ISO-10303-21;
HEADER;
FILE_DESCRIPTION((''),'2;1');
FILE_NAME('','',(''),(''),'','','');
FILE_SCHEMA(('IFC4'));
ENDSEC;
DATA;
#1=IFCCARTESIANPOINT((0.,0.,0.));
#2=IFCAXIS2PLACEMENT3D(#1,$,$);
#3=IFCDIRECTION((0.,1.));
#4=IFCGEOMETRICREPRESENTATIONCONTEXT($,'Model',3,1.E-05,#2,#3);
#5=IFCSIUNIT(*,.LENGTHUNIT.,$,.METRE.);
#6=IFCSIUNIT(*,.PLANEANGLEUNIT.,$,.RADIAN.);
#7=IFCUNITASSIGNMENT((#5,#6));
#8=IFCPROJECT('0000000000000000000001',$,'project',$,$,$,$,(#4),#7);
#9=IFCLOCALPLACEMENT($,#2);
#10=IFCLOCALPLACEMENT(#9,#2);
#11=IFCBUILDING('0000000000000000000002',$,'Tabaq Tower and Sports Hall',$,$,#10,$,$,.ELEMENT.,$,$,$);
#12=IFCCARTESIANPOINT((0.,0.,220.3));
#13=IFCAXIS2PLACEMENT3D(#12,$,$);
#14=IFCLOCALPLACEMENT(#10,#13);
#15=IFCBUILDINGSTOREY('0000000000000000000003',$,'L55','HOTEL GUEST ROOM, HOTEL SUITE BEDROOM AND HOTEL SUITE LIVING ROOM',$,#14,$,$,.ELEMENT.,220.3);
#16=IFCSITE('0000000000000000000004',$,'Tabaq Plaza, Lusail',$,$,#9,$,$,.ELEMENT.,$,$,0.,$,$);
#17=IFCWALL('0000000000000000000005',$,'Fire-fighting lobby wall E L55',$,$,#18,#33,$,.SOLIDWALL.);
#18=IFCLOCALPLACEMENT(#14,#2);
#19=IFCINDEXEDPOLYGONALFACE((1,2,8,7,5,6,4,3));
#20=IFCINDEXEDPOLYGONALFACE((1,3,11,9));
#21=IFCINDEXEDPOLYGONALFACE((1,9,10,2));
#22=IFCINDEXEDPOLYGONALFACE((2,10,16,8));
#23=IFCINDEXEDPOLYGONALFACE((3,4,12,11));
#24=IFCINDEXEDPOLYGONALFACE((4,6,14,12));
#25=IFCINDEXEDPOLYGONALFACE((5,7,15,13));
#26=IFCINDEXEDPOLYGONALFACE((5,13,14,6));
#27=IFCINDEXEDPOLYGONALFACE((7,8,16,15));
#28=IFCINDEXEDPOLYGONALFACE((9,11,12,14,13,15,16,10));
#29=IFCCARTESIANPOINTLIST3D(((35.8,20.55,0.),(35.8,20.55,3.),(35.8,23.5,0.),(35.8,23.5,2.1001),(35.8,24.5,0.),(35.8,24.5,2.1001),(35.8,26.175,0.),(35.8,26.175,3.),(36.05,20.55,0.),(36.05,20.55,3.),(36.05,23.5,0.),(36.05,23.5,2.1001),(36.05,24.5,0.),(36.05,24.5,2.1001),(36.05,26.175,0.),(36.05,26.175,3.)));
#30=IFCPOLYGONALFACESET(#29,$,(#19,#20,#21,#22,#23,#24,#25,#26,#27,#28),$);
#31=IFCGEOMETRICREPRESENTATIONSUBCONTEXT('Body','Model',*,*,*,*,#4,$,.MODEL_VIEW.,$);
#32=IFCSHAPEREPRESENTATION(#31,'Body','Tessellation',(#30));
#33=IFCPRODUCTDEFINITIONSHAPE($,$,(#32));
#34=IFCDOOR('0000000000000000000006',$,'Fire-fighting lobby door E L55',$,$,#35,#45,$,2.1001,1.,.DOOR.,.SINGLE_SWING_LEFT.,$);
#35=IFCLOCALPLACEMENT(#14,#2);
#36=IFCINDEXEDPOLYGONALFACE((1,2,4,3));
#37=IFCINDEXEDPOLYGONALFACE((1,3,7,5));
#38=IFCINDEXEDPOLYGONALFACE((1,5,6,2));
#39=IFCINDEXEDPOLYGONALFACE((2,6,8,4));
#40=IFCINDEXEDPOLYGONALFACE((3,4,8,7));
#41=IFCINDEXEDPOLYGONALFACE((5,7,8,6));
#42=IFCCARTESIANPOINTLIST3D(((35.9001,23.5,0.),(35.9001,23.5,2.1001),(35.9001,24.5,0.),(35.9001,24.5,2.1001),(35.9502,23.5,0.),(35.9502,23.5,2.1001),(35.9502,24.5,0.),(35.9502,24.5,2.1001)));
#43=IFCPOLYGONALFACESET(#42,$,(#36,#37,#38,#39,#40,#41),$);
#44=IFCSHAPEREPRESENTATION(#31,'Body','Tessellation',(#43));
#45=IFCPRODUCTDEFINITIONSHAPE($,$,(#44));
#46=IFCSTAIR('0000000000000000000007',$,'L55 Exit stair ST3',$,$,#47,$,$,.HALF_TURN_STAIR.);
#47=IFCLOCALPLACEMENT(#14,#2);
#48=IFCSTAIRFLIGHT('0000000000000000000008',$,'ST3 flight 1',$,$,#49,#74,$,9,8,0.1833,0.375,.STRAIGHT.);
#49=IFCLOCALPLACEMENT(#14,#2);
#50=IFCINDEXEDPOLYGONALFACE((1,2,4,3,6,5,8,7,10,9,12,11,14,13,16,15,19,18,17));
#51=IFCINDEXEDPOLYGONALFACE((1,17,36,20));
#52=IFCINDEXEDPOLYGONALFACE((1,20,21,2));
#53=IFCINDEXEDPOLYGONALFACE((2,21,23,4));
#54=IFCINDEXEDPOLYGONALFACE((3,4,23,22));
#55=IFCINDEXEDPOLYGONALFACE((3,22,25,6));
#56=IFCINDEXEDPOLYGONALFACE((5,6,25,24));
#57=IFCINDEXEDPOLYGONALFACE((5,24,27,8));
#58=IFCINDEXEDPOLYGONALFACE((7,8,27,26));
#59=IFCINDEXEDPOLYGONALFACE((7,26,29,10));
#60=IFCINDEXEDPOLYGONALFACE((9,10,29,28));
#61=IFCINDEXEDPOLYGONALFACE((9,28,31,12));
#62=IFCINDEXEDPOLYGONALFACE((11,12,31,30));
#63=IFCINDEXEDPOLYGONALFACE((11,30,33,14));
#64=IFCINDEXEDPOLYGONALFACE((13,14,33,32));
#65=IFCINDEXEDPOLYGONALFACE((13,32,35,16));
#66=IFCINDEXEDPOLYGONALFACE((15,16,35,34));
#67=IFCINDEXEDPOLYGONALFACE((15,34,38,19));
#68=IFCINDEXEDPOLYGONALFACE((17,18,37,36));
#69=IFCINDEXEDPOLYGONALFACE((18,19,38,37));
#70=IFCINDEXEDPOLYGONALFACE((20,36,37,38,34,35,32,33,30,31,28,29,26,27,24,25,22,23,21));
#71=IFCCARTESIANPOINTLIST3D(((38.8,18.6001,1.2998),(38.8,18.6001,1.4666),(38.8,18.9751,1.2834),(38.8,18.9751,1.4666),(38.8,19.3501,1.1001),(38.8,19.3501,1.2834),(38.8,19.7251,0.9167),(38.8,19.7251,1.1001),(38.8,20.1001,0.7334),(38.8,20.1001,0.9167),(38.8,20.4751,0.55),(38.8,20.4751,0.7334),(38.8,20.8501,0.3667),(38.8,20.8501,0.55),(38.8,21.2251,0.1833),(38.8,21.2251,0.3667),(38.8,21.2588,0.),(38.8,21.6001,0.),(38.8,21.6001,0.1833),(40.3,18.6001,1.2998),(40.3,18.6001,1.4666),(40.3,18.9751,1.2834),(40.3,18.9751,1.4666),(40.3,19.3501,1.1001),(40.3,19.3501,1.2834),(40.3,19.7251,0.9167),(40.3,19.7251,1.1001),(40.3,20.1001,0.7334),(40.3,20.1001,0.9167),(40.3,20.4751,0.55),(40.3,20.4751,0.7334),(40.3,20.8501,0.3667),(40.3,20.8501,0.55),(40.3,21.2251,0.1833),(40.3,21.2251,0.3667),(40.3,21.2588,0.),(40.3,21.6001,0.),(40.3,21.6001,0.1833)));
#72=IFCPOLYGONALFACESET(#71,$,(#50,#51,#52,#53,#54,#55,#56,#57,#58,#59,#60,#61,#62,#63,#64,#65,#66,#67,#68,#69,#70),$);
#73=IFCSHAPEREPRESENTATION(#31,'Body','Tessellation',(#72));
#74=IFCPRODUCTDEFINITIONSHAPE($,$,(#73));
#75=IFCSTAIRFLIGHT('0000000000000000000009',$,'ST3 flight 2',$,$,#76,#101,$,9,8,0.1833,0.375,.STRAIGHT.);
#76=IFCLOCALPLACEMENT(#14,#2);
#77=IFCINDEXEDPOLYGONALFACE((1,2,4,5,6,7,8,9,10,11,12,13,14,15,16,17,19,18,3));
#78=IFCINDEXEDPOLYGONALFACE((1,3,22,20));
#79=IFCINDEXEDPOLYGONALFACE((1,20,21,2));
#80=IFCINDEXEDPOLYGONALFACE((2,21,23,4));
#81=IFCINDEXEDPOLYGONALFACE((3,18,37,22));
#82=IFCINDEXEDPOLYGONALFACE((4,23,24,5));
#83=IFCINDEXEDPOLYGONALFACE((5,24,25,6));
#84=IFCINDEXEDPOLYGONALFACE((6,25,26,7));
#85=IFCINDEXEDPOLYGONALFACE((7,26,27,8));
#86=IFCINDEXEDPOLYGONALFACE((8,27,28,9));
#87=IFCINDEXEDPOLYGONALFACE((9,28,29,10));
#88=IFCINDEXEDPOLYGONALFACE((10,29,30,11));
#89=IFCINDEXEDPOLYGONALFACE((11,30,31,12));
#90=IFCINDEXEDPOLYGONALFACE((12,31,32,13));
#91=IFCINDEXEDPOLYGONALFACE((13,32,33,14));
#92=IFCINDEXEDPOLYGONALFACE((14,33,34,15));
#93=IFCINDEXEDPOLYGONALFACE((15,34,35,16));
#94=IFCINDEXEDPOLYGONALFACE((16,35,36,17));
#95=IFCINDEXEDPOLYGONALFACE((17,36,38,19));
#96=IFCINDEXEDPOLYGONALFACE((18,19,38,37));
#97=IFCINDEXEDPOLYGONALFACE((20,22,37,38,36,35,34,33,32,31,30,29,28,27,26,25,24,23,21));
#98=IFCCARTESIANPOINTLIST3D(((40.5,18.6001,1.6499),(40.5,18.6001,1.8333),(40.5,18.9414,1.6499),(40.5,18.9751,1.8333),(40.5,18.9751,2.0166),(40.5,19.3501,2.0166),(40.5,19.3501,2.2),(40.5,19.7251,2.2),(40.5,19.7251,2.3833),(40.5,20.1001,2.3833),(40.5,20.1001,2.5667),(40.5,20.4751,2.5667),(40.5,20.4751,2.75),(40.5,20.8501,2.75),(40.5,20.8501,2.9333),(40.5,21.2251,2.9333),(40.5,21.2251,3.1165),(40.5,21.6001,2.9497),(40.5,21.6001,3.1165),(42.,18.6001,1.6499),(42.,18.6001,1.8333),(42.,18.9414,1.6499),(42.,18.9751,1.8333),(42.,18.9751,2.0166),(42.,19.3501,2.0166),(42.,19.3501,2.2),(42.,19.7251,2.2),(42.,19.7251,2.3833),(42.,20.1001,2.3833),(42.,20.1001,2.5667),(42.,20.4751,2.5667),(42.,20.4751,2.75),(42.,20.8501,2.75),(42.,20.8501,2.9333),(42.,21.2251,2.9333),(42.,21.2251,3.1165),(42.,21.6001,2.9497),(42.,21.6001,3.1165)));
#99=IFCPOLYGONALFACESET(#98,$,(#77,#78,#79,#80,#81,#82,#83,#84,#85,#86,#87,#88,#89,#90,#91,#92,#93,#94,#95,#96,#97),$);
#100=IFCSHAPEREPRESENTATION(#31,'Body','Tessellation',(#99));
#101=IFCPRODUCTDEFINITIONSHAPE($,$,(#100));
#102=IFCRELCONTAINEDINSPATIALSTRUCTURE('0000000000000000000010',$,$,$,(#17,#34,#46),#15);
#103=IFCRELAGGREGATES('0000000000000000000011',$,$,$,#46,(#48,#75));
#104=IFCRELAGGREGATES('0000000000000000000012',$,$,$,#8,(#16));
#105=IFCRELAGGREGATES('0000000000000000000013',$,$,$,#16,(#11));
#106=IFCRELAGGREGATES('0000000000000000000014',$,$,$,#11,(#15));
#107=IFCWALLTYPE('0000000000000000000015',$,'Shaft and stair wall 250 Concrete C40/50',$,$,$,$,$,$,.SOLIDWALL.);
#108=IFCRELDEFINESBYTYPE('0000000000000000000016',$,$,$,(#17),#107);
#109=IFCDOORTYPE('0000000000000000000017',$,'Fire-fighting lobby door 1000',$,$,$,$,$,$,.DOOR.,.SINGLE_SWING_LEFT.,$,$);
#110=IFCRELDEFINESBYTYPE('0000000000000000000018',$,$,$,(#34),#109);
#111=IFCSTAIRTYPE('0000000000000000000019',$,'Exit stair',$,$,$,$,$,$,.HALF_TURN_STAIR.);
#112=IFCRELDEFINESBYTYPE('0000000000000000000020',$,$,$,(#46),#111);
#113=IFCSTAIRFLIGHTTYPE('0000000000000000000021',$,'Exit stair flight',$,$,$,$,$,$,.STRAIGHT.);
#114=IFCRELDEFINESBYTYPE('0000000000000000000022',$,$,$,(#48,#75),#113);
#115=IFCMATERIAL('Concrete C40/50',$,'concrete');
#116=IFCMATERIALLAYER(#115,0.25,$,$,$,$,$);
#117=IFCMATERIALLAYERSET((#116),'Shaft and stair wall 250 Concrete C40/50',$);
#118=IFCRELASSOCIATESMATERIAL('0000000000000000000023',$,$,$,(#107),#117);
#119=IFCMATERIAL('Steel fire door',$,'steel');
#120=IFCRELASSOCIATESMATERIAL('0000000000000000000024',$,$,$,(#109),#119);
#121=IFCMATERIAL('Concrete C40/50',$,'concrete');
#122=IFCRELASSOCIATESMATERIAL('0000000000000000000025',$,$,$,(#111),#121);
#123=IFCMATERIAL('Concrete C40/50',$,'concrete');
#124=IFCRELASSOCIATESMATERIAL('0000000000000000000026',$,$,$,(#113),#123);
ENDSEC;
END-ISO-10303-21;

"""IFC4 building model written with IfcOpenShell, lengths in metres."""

from ifc_helpers import new_model, si_unit, direction, frame, frame_2d, origin, place, context, subcontext, project, spatial, polyline, rectangle, outline, extrude, material, layer, layer_set, type_object, element, fill, aggregate, save


model = new_model("IFC4")

# Units and contexts
model_context = context("Model", 3, precision=1e-05, world=origin(), true_north=direction((0.0, 1.0)))
body_context = subcontext(model_context, "Body", "Model", "MODEL_VIEW")
ifc_project = project(units=[si_unit("LENGTHUNIT", "METRE"), si_unit("PLANEANGLEUNIT", "RADIAN")], contexts=[model_context])

# Site, building, storey
site_placement = place(None, origin())
site = spatial("IfcSite", under=ifc_project, at=site_placement, Name="Tabaq Plaza, Lusail", CompositionType="ELEMENT", RefElevation=0.0)
building_placement = place(site_placement, origin())
building = spatial("IfcBuilding", under=site, at=building_placement, Name="Tabaq Tower and Sports Hall", CompositionType="ELEMENT")
storey_placement = place(building_placement, frame((0.0, 0.0, 220.3)))
storey = spatial("IfcBuildingStorey", under=building, at=storey_placement, Name="L55", Description="HOTEL GUEST ROOM, HOTEL SUITE BEDROOM AND HOTEL SUITE LIVING ROOM", CompositionType="ELEMENT", Elevation=220.3)

# Shared definitions
ifc_material_1 = material(Name="Concrete C40/50", Category="concrete")
ifc_layer_1 = layer(ifc_material_1, 0.25)
ifc_layer_set_1 = layer_set([ifc_layer_1], Name="Shaft and stair wall 250 Concrete C40/50")
wall_type_1 = type_object("IfcWallType", Name="Shaft and stair wall 250 Concrete C40/50", PredefinedType="SOLIDWALL", material=ifc_layer_set_1)

# Wall, opening, door
wall_1_placement = place(storey_placement, frame((35.925, 20.55, 0.0), z_axis=(0.0, 0.0, 1.0), x_axis=(0.0, 1.0, 0.0)))
wall_1 = element("IfcWall", 1, at=wall_1_placement, inside=storey, type_object=wall_type_1, Name="Fire-fighting lobby wall E L55", PredefinedType="SOLIDWALL", context=body_context, shape_type="SweptSolid", body=[
    extrude(rectangle(XDim=5.625, YDim=0.25, at=frame_2d((2.8125, 0.0))), origin(), (0.0, 0.0, 1.0), 3.0),
])
opening_1_placement = place(wall_1_placement, frame((2.95, 0.0, 0.0)))
opening_1 = element("IfcOpeningElement", 2, at=opening_1_placement, cuts=wall_1, PredefinedType="OPENING", context=body_context, shape_type="SweptSolid", body=[
    extrude(rectangle(XDim=1.0, YDim=2.1001, at=frame_2d((0.5, 1.05))), frame((0.0, 0.125, 0.0), z_axis=(0.0, -1.0, 0.0), x_axis=(1.0, 0.0, 0.0)), (0.0, 0.0, 1.0), 0.25),
])
ifc_material_2 = material(Name="Steel fire door", Category="steel")
door_type_1 = type_object("IfcDoorType", Name="Fire-fighting lobby door 1000", OperationType="SINGLE_SWING_LEFT", PredefinedType="DOOR", material=ifc_material_2)
door_1_placement = place(opening_1_placement, origin())
door_1 = element("IfcDoor", 3, at=door_1_placement, inside=storey, type_object=door_type_1, Name="Fire-fighting lobby door E L55", OperationType="SINGLE_SWING_LEFT", OverallHeight=2.1001, OverallWidth=1.0, PredefinedType="DOOR", context=body_context, shape_type="SweptSolid", body=[
    extrude(rectangle(XDim=1.0, YDim=2.1001, at=frame_2d((0.5, 1.05))), frame((0.0, 0.0249, 0.0), z_axis=(0.0, -1.0, 0.0), x_axis=(1.0, 0.0, 0.0)), (0.0, 0.0, 1.0), 0.05),
])
fill(opening_1, door_1)

# Stair, stair flights
ifc_material_3 = material(Name="Concrete C40/50", Category="concrete")
stair_type = type_object("IfcStairType", Name="Exit stair", PredefinedType="HALF_TURN_STAIR", material=ifc_material_3)
stair_placement = place(storey_placement, origin())
stair = element("IfcStair", 4, at=stair_placement, inside=storey, type_object=stair_type, Name="L55 Exit stair ST3", PredefinedType="HALF_TURN_STAIR")
ifc_material_4 = material(Name="Concrete C40/50", Category="concrete")
stair_flight_type = type_object("IfcStairFlightType", Name="Exit stair flight", PredefinedType="STRAIGHT", material=ifc_material_4)
stair_flight_1_placement = place(storey_placement, frame((39.55, 21.6001, 0.0), z_axis=(0.0, 0.0, 1.0), x_axis=(0.0, -1.0, 0.0)))
stair_flight_1 = element("IfcStairFlight", 5, at=stair_flight_1_placement, type_object=stair_flight_type, Name="ST3 flight 1", NumberOfRisers=9, NumberOfTreads=8, PredefinedType="STRAIGHT", RiserHeight=0.1833, TreadLength=0.375, context=body_context, shape_type="SweptSolid", body=[
    extrude(outline(polyline([(0.0, 0.0), (0.0, 0.1833), (0.375, 0.1833), (0.375, 0.3667), (0.75, 0.3667), (0.75, 0.55), (1.125, 0.55), (1.125, 0.7334), (1.5, 0.7334), (1.5, 0.9167), (1.875, 0.9167), (1.875, 1.1001), (2.25, 1.1001), (2.25, 1.2834), (2.625, 1.2834), (2.625, 1.4666), (3.0, 1.4666), (3.0, 1.6499), (3.0, 1.2998), (0.3413, 0.0), (0.0, 0.0)])), frame((0.0, 0.75, 0.0), z_axis=(0.0, -1.0, 0.0), x_axis=(1.0, 0.0, 0.0)), (0.0, 0.0, 1.0), 1.5),
])
stair_flight_2_placement = place(storey_placement, frame((41.25, 18.6001, 1.6499), z_axis=(0.0, 0.0, 1.0), x_axis=(0.0, 1.0, 0.0)))
stair_flight_2 = element("IfcStairFlight", 6, at=stair_flight_2_placement, type_object=stair_flight_type, Name="ST3 flight 2", NumberOfRisers=9, NumberOfTreads=8, PredefinedType="STRAIGHT", RiserHeight=0.1833, TreadLength=0.375, context=body_context, shape_type="SweptSolid", body=[
    extrude(outline(polyline([(0.0, 0.0), (0.0, 0.1833), (0.375, 0.1833), (0.375, 0.3667), (0.75, 0.3667), (0.75, 0.55), (1.125, 0.55), (1.125, 0.7334), (1.5, 0.7334), (1.5, 0.9167), (1.875, 0.9167), (1.875, 1.1001), (2.25, 1.1001), (2.25, 1.2834), (2.625, 1.2834), (2.625, 1.4666), (3.0, 1.4666), (3.0, 1.6499), (3.0, 1.2998), (0.3413, 0.0), (0.0, 0.0)])), frame((0.0, 0.75, 0.0), z_axis=(0.0, -1.0, 0.0), x_axis=(1.0, 0.0, 0.0)), (0.0, 0.0, 1.0), 1.5),
])
aggregate(stair, [stair_flight_1, stair_flight_2])

save(model, "model.ifc")
